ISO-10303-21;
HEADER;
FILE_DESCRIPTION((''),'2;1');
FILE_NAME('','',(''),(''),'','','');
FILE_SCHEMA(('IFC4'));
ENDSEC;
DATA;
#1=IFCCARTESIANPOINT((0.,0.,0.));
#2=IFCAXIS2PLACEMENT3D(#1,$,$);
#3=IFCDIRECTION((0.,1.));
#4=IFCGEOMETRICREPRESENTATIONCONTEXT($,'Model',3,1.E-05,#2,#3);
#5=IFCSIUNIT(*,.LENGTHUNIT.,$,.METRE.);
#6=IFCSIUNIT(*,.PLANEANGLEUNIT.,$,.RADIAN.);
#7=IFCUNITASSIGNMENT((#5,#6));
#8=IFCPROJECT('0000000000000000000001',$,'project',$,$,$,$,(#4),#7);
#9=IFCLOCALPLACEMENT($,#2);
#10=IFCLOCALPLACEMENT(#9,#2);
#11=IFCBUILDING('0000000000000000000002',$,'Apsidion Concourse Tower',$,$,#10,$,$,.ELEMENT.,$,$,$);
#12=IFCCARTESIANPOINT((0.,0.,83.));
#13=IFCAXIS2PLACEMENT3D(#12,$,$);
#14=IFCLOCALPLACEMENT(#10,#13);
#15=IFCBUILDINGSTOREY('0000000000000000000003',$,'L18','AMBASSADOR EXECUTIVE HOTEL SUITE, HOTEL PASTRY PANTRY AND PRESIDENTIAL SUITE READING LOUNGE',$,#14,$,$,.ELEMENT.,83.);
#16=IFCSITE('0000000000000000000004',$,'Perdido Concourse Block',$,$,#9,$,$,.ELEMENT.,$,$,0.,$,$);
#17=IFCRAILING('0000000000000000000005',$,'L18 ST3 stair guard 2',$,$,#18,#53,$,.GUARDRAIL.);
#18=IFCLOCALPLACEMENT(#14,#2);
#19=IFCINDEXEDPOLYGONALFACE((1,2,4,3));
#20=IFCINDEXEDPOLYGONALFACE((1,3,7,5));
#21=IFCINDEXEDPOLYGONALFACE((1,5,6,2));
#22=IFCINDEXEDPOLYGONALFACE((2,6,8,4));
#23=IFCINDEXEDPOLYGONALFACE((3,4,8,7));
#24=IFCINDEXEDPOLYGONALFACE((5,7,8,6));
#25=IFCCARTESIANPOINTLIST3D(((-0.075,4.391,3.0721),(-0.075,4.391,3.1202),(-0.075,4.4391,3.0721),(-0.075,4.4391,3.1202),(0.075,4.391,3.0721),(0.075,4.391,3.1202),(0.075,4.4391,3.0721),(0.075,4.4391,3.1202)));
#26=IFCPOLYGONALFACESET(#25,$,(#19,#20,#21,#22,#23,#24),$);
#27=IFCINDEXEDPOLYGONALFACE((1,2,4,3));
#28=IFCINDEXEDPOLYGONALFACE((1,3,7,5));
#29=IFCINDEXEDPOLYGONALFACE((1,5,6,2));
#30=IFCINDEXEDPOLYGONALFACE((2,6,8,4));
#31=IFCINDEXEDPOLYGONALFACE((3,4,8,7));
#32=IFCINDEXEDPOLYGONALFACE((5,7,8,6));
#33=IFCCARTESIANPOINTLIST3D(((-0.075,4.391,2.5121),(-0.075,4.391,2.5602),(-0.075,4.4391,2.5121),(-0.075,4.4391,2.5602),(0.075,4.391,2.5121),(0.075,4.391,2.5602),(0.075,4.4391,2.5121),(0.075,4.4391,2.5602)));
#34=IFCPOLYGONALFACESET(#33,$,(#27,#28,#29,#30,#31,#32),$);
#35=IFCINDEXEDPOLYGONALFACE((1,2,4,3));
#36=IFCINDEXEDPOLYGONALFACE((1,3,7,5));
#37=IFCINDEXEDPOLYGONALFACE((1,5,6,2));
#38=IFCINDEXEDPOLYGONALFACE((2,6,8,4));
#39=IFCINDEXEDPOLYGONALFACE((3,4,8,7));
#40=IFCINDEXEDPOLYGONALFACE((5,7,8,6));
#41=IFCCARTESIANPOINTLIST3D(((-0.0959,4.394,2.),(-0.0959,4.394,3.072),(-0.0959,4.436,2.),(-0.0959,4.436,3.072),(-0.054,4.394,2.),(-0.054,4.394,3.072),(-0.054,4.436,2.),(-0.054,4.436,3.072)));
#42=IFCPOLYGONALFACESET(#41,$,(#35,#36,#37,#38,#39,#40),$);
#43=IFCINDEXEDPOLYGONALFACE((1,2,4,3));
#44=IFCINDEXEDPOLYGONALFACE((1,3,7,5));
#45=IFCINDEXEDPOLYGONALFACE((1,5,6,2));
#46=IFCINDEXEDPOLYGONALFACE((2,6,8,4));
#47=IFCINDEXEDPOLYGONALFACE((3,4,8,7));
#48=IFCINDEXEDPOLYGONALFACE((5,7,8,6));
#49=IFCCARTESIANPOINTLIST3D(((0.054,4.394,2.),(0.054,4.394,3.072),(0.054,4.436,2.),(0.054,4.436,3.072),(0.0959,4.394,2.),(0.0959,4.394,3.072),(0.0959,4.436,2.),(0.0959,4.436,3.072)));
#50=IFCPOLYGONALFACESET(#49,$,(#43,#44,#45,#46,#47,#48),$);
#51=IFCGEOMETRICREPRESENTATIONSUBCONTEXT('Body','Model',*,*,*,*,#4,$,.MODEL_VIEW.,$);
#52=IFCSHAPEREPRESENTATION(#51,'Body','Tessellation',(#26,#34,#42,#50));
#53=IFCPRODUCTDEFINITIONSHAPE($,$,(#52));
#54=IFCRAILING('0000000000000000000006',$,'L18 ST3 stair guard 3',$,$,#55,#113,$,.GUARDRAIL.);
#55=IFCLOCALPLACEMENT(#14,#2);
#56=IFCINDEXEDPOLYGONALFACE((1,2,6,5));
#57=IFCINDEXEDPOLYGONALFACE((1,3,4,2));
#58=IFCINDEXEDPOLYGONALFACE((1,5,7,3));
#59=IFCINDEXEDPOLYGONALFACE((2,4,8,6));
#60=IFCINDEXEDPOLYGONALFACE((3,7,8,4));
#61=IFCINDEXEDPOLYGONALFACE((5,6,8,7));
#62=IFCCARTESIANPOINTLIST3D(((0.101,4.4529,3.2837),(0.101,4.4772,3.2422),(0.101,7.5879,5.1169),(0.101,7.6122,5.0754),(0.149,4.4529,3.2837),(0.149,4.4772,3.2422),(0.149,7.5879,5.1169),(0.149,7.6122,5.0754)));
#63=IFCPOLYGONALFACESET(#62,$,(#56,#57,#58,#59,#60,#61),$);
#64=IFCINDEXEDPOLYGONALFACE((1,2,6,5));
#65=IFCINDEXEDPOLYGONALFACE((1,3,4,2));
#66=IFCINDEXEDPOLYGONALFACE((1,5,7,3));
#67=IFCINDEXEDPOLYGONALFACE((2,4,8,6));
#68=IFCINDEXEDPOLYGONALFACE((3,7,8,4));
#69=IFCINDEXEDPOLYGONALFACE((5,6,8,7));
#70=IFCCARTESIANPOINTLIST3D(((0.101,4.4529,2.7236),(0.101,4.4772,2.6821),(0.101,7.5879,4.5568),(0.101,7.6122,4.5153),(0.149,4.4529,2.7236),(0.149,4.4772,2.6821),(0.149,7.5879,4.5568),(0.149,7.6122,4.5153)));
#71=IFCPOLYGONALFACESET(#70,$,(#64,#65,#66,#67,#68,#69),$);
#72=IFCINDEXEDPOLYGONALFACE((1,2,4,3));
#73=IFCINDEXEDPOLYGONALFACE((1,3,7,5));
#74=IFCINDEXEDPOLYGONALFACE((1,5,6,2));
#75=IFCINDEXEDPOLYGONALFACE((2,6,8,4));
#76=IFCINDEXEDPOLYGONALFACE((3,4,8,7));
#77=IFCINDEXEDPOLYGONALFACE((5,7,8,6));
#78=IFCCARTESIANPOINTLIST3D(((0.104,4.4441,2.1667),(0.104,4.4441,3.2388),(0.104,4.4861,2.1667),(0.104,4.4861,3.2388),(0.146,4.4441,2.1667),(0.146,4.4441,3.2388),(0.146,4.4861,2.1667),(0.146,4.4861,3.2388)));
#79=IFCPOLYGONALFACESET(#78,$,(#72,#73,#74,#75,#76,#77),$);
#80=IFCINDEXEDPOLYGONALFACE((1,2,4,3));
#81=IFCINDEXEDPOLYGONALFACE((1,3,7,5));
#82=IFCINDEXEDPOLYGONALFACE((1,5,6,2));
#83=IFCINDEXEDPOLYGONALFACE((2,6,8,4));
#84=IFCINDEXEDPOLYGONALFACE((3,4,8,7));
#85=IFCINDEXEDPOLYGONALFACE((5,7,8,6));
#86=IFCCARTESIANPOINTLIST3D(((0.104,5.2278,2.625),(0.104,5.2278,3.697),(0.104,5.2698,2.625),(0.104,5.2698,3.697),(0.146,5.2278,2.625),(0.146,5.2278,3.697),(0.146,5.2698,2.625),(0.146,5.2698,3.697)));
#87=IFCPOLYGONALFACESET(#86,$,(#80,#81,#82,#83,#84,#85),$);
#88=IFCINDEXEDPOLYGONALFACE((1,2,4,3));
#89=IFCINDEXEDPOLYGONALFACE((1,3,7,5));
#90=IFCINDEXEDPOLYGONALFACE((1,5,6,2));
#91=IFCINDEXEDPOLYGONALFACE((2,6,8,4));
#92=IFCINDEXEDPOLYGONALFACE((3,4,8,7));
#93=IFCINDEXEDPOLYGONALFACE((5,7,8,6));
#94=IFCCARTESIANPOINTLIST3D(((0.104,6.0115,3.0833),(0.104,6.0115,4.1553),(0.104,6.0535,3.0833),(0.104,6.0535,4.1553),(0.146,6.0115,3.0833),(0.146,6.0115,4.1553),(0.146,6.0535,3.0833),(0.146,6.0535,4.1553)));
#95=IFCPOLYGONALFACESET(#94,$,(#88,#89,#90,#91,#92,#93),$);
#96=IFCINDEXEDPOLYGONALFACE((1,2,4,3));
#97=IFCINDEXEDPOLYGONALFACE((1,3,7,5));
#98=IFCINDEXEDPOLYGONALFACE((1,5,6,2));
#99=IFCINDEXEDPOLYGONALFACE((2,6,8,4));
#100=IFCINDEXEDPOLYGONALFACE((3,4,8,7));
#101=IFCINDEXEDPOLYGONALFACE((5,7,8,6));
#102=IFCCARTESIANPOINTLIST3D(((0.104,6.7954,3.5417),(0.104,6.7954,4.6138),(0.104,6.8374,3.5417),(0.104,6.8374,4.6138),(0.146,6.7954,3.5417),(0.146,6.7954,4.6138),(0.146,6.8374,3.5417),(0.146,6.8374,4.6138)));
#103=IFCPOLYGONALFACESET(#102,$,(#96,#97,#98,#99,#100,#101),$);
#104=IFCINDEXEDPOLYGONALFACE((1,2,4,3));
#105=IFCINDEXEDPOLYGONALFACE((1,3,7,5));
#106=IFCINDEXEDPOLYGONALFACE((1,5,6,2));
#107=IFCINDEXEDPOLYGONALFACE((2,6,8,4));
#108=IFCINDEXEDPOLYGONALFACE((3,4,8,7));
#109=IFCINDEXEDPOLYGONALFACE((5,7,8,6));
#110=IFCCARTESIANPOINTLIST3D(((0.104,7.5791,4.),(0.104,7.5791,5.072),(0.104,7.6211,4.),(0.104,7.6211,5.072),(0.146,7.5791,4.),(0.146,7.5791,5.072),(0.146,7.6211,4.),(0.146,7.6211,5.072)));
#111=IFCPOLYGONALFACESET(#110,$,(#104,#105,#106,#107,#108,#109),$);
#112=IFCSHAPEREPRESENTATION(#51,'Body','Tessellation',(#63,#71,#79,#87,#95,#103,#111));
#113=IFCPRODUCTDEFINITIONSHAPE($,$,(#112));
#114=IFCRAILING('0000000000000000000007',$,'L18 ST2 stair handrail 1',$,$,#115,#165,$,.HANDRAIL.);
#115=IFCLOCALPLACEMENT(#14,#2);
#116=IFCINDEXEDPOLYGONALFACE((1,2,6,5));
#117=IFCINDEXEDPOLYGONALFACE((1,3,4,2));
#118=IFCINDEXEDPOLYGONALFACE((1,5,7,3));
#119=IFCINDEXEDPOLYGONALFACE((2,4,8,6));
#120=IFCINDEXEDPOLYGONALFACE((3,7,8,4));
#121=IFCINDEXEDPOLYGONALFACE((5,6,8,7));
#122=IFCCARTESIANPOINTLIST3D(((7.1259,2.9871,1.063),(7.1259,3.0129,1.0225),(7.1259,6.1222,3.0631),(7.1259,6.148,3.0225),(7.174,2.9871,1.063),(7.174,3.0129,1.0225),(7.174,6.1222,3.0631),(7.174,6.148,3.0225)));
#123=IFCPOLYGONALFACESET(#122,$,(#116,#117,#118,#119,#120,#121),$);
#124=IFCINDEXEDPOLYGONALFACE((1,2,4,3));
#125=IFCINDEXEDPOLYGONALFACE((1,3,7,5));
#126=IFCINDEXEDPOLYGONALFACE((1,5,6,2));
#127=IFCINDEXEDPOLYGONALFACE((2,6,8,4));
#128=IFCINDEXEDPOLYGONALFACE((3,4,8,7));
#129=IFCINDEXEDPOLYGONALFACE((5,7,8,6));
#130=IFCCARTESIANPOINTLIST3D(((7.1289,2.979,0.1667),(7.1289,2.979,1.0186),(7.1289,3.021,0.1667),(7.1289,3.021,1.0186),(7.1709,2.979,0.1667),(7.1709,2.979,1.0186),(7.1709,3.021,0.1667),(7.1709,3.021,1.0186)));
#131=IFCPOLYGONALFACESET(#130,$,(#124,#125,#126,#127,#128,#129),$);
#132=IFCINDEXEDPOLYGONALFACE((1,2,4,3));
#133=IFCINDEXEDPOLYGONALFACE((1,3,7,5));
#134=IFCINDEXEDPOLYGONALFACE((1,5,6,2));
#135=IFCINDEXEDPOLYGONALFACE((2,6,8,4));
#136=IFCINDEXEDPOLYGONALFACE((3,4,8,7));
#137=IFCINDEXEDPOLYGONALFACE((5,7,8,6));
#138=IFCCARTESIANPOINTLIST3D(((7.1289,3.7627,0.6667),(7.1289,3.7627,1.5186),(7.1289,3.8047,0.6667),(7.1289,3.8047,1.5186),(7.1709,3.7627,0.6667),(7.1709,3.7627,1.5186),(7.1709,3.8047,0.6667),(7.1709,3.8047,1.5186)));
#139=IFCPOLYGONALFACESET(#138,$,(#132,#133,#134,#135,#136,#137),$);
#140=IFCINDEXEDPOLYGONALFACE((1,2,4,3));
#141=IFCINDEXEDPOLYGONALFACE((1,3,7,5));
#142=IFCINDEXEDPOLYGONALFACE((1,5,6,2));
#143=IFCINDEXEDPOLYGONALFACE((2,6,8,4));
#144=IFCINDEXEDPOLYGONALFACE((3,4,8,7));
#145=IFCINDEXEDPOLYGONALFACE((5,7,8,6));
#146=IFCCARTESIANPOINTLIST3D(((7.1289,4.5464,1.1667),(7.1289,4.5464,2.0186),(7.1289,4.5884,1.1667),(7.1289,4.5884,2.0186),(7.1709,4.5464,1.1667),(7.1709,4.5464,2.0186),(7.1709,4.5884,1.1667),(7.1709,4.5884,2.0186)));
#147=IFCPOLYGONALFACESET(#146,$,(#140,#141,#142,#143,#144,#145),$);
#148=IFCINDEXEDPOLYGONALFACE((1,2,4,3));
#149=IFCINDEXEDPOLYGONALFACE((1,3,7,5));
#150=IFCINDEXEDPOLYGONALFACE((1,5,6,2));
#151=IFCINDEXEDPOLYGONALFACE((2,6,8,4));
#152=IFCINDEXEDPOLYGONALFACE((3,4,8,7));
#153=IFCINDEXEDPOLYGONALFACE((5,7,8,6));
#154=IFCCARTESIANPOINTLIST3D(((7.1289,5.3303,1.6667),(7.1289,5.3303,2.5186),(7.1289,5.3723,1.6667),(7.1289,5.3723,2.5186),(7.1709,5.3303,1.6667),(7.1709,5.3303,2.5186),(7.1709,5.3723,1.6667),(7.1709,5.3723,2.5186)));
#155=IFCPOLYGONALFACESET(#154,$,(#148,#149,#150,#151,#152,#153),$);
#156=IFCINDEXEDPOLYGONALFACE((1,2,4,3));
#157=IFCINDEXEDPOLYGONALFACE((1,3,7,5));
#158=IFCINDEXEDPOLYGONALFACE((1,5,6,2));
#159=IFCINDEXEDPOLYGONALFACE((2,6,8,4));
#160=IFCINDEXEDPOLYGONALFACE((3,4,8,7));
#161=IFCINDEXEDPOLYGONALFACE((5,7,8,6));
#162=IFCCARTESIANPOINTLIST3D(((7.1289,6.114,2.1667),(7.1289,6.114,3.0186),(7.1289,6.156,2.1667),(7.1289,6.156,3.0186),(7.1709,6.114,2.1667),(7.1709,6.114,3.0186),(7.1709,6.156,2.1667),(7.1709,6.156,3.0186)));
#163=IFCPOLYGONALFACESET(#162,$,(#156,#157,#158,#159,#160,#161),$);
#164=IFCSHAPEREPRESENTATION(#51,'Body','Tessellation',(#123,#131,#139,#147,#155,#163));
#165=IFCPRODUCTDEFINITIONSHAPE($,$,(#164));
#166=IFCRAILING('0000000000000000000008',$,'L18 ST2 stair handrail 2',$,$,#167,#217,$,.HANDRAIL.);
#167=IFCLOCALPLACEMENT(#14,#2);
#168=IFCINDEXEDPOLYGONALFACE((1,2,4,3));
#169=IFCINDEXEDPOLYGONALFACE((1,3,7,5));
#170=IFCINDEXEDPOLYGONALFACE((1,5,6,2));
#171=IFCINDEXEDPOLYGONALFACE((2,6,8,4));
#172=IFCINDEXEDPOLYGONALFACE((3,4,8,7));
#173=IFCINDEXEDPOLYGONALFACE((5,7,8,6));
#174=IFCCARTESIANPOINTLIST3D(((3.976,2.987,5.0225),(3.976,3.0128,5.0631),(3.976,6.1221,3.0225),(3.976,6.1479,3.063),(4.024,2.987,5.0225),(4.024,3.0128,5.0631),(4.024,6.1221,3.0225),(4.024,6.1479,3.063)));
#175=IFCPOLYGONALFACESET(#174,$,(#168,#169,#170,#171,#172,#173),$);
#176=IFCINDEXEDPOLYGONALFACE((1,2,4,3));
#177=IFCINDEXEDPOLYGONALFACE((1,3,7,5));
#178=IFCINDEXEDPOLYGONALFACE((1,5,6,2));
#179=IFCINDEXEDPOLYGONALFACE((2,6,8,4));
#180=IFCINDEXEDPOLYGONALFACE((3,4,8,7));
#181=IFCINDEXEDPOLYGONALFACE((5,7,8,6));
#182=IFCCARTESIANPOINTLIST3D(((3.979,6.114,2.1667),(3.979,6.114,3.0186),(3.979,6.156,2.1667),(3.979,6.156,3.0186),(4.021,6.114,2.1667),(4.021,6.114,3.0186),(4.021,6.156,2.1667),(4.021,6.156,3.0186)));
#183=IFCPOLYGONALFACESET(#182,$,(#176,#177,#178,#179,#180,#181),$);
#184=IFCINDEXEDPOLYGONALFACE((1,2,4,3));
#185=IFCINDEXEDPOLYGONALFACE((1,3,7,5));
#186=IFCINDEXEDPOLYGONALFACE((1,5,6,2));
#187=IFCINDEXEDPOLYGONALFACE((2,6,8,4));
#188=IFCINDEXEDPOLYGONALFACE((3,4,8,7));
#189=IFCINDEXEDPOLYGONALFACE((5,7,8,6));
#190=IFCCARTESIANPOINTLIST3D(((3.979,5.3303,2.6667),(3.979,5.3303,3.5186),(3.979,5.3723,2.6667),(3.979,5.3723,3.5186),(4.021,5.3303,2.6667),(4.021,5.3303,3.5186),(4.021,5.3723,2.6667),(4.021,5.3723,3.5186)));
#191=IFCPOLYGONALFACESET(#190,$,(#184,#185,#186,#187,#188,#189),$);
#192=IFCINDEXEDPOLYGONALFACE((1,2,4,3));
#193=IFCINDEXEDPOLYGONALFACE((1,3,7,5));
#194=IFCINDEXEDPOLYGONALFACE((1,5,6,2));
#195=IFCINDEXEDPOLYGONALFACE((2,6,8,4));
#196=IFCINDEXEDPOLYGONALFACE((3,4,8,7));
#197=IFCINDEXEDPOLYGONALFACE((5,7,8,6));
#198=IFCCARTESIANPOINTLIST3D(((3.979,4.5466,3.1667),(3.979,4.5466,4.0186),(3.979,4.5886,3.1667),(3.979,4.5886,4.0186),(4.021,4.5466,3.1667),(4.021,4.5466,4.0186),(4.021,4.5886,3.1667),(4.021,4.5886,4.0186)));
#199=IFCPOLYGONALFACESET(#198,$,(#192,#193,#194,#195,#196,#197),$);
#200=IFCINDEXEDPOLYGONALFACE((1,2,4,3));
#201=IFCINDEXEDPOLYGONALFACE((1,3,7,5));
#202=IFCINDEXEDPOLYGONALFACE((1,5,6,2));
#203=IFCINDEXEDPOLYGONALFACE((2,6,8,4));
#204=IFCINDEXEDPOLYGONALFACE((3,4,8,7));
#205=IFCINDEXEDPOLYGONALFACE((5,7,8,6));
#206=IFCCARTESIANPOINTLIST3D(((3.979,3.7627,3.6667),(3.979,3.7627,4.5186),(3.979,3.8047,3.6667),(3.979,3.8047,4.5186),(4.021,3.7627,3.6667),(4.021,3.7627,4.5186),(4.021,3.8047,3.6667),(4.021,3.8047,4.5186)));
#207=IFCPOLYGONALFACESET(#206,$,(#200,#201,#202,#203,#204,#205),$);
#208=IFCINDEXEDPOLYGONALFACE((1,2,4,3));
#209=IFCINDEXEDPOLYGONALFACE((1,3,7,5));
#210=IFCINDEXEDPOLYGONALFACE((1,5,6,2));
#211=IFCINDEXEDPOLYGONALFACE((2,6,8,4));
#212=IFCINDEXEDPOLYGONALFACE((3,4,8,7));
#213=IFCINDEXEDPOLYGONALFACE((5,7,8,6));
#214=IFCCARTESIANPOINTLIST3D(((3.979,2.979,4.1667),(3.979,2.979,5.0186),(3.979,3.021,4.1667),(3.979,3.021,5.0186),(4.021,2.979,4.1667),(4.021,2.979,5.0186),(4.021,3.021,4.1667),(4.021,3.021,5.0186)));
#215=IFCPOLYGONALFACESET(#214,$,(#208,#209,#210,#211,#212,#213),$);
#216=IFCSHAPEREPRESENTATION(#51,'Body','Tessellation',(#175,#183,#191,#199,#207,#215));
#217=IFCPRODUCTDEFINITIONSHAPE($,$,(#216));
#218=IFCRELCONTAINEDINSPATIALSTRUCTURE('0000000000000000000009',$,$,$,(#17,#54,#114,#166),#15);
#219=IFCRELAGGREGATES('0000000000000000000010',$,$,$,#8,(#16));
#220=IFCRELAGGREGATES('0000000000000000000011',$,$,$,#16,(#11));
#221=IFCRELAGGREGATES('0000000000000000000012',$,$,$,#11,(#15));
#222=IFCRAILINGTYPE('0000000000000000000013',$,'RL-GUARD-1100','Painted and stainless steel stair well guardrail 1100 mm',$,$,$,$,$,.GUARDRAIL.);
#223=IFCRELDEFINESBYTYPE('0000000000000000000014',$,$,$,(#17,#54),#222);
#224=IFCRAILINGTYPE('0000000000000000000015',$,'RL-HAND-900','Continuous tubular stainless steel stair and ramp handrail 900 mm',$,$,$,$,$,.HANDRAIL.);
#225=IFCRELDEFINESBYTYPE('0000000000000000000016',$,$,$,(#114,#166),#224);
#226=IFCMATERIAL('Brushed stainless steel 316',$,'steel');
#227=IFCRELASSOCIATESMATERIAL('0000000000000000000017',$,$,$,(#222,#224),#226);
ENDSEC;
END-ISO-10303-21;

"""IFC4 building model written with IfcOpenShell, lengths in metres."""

from ifc_helpers import new_model, si_unit, direction, frame, origin, origin_2d, place, context, subcontext, project, spatial, rectangle, extrude, material, type_object, element, save


model = new_model("IFC4")

# Units and contexts
model_context = context("Model", 3, precision=1e-05, world=origin(), true_north=direction((0.0, 1.0)))
body_context = subcontext(model_context, "Body", "Model", "MODEL_VIEW")
ifc_project = project(units=[si_unit("LENGTHUNIT", "METRE"), si_unit("PLANEANGLEUNIT", "RADIAN")], contexts=[model_context])

# Site, building, storey
site_placement = place(None, origin())
site = spatial("IfcSite", under=ifc_project, at=site_placement, Name="Perdido Concourse Block", CompositionType="ELEMENT", RefElevation=0.0)
building_placement = place(site_placement, origin())
building = spatial("IfcBuilding", under=site, at=building_placement, Name="Apsidion Concourse Tower", CompositionType="ELEMENT")
storey_placement = place(building_placement, frame((0.0, 0.0, 83.0)))
storey = spatial("IfcBuildingStorey", under=building, at=storey_placement, Name="L18", Description="AMBASSADOR EXECUTIVE HOTEL SUITE, HOTEL PASTRY PANTRY AND PRESIDENTIAL SUITE READING LOUNGE", CompositionType="ELEMENT", Elevation=83.0)

# Railings
ifc_material_1 = material(Name="Brushed stainless steel 316", Category="steel")
railing_type_1 = type_object("IfcRailingType", Name="RL-GUARD-1100", Description="Painted and stainless steel stair well guardrail 1100 mm", PredefinedType="GUARDRAIL", material=ifc_material_1)
railing_1_placement = place(storey_placement, frame((-0.075, 4.415, 2.0)))
element("IfcRailing", 1, at=railing_1_placement, inside=storey, type_object=railing_type_1, Name="L18 ST3 stair guard 2", PredefinedType="GUARDRAIL", context=body_context, shape_type="SweptSolid", body=[
    extrude(rectangle(XDim=0.0481, YDim=0.0481, at=origin_2d()), frame((0.0, 0.0, 1.0962), z_axis=(1.0, 0.0, 0.0), x_axis=(0.0, 1.0, 0.0)), (0.0, 0.0, 1.0), 0.1499),
    extrude(rectangle(XDim=0.0481, YDim=0.0481, at=origin_2d()), frame((0.0, 0.0, 0.5361), z_axis=(1.0, 0.0, 0.0), x_axis=(0.0, 1.0, 0.0)), (0.0, 0.0, 1.0), 0.1499),
    extrude(rectangle(XDim=0.042, YDim=0.042, at=origin_2d()), origin(), (0.0, 0.0, 1.0), 1.072),
    extrude(rectangle(XDim=0.042, YDim=0.042, at=origin_2d()), frame((0.1499, 0.0, 0.0)), (0.0, 0.0, 1.0), 1.072),
])
railing_2_placement = place(storey_placement, frame((0.125, 4.4651, 2.1667)))
element("IfcRailing", 2, at=railing_2_placement, inside=storey, type_object=railing_type_1, Name="L18 ST3 stair guard 3", PredefinedType="GUARDRAIL", context=body_context, shape_type="SweptSolid", body=[
    extrude(rectangle(XDim=0.0481, YDim=0.0481, at=origin_2d()), frame((0.0, 0.0, 1.0962), z_axis=(0.0, 0.86324, 0.504794), x_axis=(-1.0, 0.0, 0.0)), (0.0, 0.0, 1.0), 3.6316),
    extrude(rectangle(XDim=0.0481, YDim=0.0481, at=origin_2d()), frame((0.0, 0.0, 0.5361), z_axis=(0.0, 0.86324, 0.504794), x_axis=(-1.0, 0.0, 0.0)), (0.0, 0.0, 1.0), 3.6316),
    extrude(rectangle(XDim=0.042, YDim=0.042, at=origin_2d()), origin(), (0.0, 0.0, 1.0), 1.072),
    extrude(rectangle(XDim=0.042, YDim=0.042, at=origin_2d()), frame((0.0, 0.7837, 0.4583)), (0.0, 0.0, 1.0), 1.072),
    extrude(rectangle(XDim=0.042, YDim=0.042, at=origin_2d()), frame((0.0, 1.5674, 0.9165)), (0.0, 0.0, 1.0), 1.072),
    extrude(rectangle(XDim=0.042, YDim=0.042, at=origin_2d()), frame((0.0, 2.3513, 1.375)), (0.0, 0.0, 1.0), 1.072),
    extrude(rectangle(XDim=0.042, YDim=0.042, at=origin_2d()), frame((0.0, 3.135, 1.8333)), (0.0, 0.0, 1.0), 1.072),
])
railing_type_2 = type_object("IfcRailingType", Name="RL-HAND-900", Description="Continuous tubular stainless steel stair and ramp handrail 900 mm", PredefinedType="HANDRAIL", material=ifc_material_1)
railing_3_placement = place(storey_placement, frame((7.1499, 3.0, 0.1667)))
element("IfcRailing", 3, at=railing_3_placement, inside=storey, type_object=railing_type_2, Name="L18 ST2 stair handrail 1", PredefinedType="HANDRAIL", context=body_context, shape_type="SweptSolid", body=[
    extrude(rectangle(XDim=0.0481, YDim=0.0481, at=origin_2d()), frame((0.0, 0.0, 0.876), z_axis=(0.0, 0.843053, 0.537831), x_axis=(-1.0, 0.0, 0.0)), (0.0, 0.0, 1.0), 3.7188),
    extrude(rectangle(XDim=0.042, YDim=0.042, at=origin_2d()), origin(), (0.0, 0.0, 1.0), 0.8518),
    extrude(rectangle(XDim=0.042, YDim=0.042, at=origin_2d()), frame((0.0, 0.7837, 0.5)), (0.0, 0.0, 1.0), 0.8518),
    extrude(rectangle(XDim=0.042, YDim=0.042, at=origin_2d()), frame((0.0, 1.5674, 1.0)), (0.0, 0.0, 1.0), 0.8518),
    extrude(rectangle(XDim=0.042, YDim=0.042, at=origin_2d()), frame((0.0, 2.3513, 1.5)), (0.0, 0.0, 1.0), 0.8518),
    extrude(rectangle(XDim=0.042, YDim=0.042, at=origin_2d()), frame((0.0, 3.135, 2.0)), (0.0, 0.0, 1.0), 0.8518),
])
railing_4_placement = place(storey_placement, frame((4.0, 6.135, 2.1667)))
element("IfcRailing", 4, at=railing_4_placement, inside=storey, type_object=railing_type_2, Name="L18 ST2 stair handrail 2", PredefinedType="HANDRAIL", context=body_context, shape_type="SweptSolid", body=[
    extrude(rectangle(XDim=0.0481, YDim=0.0481, at=origin_2d()), frame((0.0, 0.0, 0.876), z_axis=(0.0, -0.843053, 0.537831), x_axis=(1.0, 0.0, 0.0)), (0.0, 0.0, 1.0), 3.7188),
    extrude(rectangle(XDim=0.042, YDim=0.042, at=origin_2d()), origin(), (0.0, 0.0, 1.0), 0.8518),
    extrude(rectangle(XDim=0.042, YDim=0.042, at=origin_2d()), frame((0.0, -0.7837, 0.5)), (0.0, 0.0, 1.0), 0.8518),
    extrude(rectangle(XDim=0.042, YDim=0.042, at=origin_2d()), frame((0.0, -1.5674, 1.0)), (0.0, 0.0, 1.0), 0.8518),
    extrude(rectangle(XDim=0.042, YDim=0.042, at=origin_2d()), frame((0.0, -2.3513, 1.5)), (0.0, 0.0, 1.0), 0.8518),
    extrude(rectangle(XDim=0.042, YDim=0.042, at=origin_2d()), frame((0.0, -3.135, 2.0)), (0.0, 0.0, 1.0), 0.8518),
])

save(model, "model.ifc")
